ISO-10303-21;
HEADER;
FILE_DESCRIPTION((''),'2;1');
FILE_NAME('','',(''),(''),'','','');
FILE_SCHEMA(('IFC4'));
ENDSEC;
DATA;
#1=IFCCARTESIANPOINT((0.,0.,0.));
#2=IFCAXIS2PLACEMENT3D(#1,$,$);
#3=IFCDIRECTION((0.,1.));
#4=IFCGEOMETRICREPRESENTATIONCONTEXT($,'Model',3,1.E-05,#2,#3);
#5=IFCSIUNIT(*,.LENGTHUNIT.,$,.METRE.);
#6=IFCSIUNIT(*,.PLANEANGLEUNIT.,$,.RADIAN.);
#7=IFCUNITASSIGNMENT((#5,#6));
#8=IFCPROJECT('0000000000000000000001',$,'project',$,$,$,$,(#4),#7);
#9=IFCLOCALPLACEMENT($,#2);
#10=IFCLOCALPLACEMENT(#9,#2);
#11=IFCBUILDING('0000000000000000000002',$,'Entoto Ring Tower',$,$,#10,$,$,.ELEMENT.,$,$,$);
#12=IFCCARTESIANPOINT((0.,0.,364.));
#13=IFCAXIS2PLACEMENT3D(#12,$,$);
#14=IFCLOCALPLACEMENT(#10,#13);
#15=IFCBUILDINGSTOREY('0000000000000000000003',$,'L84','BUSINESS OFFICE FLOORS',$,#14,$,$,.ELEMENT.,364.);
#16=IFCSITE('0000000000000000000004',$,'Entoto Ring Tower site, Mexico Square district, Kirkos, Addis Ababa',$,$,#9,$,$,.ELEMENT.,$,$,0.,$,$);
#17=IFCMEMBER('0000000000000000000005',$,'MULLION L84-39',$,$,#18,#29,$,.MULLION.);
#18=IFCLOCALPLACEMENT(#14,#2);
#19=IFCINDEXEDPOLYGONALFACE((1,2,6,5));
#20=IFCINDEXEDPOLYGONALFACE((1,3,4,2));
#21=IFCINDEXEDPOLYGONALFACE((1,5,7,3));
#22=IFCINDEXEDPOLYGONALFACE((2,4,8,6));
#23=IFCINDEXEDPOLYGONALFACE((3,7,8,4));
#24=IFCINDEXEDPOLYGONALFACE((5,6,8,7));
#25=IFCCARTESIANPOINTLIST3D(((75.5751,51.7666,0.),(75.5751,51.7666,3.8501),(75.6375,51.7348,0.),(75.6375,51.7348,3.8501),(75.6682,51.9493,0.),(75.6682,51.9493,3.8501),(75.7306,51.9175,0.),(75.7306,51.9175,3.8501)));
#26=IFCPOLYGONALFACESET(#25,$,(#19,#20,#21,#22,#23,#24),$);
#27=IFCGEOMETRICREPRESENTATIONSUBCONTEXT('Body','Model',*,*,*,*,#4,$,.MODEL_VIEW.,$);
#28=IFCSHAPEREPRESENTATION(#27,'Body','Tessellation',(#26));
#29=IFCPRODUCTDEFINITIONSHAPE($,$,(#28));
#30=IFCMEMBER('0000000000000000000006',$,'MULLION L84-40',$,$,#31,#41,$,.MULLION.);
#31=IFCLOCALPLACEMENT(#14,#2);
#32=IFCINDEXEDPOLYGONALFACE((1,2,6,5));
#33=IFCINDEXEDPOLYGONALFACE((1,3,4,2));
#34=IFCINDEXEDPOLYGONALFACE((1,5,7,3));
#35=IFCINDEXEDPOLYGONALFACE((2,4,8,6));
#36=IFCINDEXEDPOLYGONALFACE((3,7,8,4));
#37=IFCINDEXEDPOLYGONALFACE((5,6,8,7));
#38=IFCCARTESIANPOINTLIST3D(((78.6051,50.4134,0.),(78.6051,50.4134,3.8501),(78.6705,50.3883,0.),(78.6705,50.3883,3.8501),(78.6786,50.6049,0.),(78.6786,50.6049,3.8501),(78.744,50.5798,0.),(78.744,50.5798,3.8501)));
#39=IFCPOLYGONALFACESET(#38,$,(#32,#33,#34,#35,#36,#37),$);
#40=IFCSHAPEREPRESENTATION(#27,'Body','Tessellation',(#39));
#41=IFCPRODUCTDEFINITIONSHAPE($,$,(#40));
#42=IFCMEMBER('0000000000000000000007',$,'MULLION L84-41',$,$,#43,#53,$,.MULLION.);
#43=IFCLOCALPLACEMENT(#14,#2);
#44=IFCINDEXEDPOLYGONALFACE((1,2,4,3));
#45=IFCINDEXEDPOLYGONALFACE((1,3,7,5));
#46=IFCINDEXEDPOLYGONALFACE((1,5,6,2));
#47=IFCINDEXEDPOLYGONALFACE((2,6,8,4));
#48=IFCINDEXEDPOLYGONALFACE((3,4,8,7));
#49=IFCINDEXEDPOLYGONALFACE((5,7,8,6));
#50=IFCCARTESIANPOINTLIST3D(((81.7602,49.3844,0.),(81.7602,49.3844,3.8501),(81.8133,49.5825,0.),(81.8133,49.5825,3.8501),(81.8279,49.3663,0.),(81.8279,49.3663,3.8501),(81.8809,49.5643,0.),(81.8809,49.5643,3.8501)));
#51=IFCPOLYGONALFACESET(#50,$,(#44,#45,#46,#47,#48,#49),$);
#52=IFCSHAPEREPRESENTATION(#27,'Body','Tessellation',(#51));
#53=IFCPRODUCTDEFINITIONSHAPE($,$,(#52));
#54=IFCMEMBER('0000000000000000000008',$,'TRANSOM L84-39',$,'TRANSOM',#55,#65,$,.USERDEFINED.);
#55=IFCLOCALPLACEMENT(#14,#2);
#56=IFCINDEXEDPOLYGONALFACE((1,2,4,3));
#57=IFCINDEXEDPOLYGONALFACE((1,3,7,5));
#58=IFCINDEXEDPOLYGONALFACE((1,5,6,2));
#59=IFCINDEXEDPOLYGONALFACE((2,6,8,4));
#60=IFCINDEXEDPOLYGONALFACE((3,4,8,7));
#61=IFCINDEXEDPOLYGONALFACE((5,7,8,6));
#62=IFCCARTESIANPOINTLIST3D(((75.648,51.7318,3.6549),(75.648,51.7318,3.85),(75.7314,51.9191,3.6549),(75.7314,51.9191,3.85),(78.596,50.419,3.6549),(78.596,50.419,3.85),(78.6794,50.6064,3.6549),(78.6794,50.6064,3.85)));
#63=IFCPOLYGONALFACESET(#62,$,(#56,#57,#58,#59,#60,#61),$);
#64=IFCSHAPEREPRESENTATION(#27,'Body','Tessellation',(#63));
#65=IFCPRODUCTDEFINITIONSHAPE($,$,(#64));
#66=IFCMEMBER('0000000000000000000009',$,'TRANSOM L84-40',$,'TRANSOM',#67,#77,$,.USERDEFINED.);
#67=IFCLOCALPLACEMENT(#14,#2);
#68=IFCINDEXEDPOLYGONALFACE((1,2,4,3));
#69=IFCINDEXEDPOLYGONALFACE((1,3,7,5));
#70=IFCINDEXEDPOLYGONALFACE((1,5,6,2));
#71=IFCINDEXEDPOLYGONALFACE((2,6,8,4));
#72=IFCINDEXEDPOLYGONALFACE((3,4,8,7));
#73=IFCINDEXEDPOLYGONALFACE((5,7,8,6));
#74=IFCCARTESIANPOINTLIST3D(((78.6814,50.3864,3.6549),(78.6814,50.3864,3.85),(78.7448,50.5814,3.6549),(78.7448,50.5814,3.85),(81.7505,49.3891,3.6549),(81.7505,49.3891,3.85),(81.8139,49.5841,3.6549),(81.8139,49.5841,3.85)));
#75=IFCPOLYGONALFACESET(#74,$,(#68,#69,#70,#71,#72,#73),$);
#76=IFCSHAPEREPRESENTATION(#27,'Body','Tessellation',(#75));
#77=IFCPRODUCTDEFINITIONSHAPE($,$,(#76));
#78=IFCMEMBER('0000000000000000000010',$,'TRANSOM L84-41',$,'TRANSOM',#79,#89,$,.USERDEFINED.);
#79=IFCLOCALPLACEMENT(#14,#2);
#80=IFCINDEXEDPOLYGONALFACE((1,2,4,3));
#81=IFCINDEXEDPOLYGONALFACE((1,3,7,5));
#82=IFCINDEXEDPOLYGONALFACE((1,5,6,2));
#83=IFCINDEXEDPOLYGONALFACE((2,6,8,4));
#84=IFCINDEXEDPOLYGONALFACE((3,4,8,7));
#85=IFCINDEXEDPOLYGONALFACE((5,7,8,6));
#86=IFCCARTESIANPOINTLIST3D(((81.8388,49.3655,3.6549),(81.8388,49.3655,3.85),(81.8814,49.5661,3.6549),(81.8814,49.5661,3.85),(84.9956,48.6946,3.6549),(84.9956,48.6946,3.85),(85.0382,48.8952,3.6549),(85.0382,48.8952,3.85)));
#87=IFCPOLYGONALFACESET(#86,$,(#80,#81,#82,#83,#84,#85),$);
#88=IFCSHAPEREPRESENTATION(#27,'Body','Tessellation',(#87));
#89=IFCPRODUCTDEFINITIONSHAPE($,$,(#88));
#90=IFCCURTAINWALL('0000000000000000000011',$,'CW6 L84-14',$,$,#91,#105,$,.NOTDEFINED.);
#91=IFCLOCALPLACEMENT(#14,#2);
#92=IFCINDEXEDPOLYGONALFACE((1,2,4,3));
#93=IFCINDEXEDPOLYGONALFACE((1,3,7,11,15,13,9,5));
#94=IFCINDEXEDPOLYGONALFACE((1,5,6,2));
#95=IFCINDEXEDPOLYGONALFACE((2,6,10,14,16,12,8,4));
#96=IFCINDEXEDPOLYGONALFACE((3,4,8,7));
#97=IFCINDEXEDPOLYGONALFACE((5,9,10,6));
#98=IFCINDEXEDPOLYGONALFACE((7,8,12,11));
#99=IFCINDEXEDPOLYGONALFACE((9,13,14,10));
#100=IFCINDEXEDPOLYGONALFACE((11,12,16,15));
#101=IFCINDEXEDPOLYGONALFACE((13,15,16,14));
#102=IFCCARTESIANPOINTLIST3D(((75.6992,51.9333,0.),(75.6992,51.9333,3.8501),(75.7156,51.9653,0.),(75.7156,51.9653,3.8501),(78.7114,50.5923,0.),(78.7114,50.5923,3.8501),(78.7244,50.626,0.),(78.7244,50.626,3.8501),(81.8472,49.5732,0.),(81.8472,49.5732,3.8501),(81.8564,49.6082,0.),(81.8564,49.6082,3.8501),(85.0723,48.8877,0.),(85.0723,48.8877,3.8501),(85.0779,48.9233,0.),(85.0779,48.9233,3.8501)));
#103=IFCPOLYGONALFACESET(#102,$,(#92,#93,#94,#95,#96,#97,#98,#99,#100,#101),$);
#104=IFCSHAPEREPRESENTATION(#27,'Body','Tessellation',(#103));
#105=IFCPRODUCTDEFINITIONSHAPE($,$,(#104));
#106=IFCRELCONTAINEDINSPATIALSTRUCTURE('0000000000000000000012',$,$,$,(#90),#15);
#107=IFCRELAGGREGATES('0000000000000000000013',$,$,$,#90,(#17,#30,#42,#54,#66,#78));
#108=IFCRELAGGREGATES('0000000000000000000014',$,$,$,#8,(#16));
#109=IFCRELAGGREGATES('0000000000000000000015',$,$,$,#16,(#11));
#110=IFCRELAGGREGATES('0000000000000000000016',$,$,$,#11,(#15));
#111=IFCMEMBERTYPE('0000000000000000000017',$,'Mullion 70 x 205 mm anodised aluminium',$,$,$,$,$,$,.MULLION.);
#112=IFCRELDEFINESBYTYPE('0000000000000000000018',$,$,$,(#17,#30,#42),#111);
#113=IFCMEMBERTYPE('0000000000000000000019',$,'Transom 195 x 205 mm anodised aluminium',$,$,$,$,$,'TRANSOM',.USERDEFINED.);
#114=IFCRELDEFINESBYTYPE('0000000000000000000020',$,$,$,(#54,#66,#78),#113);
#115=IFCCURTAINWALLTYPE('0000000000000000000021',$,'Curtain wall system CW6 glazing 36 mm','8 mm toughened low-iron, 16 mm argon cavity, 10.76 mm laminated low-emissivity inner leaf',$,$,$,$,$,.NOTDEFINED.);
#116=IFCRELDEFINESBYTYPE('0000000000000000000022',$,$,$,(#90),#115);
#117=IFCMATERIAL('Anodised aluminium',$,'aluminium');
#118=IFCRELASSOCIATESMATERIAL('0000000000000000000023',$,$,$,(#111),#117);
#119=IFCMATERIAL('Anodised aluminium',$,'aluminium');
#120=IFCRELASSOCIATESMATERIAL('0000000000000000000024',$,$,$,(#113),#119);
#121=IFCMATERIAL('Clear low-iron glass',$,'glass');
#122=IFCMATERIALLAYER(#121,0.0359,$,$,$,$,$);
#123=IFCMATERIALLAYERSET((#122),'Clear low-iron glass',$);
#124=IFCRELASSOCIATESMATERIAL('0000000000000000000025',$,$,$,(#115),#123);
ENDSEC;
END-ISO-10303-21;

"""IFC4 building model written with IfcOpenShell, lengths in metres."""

from ifc_helpers import new_model, si_unit, direction, frame, origin, origin_2d, place, context, subcontext, project, spatial, polyline, rectangle, outline, extrude, material, layer, layer_set, material_profile, profile_set, type_object, element, aggregate, save


model = new_model("IFC4")

# Units and contexts
model_context = context("Model", 3, precision=1e-05, world=origin(), true_north=direction((0.0, 1.0)))
body_context = subcontext(model_context, "Body", "Model", "MODEL_VIEW")
ifc_project = project(units=[si_unit("LENGTHUNIT", "METRE"), si_unit("PLANEANGLEUNIT", "RADIAN")], contexts=[model_context])

# Members
ifc_material_1 = material(Name="Anodised aluminium", Category="aluminium")
ifc_material_profile_1 = material_profile(ifc_material_1, rectangle(XDim=0.0701, YDim=0.2051, at=origin_2d()), Name="Mullion 70 x 205 mm anodised aluminium")
ifc_profile_set_1 = profile_set([ifc_material_profile_1], Name="Anodised aluminium")
member_type_1 = type_object("IfcMemberType", Name="Mullion 70 x 205 mm anodised aluminium", PredefinedType="MULLION", material=ifc_profile_set_1)
site_placement = place(None, origin())
building_placement = place(site_placement, origin())
storey_placement = place(building_placement, frame((0.0, 0.0, 364.0)))
member_1_placement = place(storey_placement, frame((75.6528, 51.842, 0.0), z_axis=(0.0, 0.0, 1.0), x_axis=(0.891007, -0.45399, 0.0)))
member_1 = element("IfcMember", 1, at=member_1_placement, type_object=member_type_1, Name="MULLION L84-39", PredefinedType="MULLION", context=body_context, shape_type="SweptSolid", body=[
    extrude(rectangle(XDim=0.0701, YDim=0.2051, at=origin_2d()), origin(), (0.0, 0.0, 1.0), 3.8501),
])
member_2_placement = place(storey_placement, frame((78.6746, 50.4966, 0.0), z_axis=(0.0, 0.0, 1.0), x_axis=(0.93358, -0.358368, 0.0)))
member_2 = element("IfcMember", 2, at=member_2_placement, type_object=member_type_1, Name="MULLION L84-40", PredefinedType="MULLION", context=body_context, shape_type="SweptSolid", body=[
    extrude(rectangle(XDim=0.0701, YDim=0.2051, at=origin_2d()), origin(), (0.0, 0.0, 1.0), 3.8501),
])
member_3_placement = place(storey_placement, frame((81.8206, 49.4744, 0.0), z_axis=(0.0, 0.0, 1.0), x_axis=(0.965926, -0.258819, 0.0)))
member_3 = element("IfcMember", 3, at=member_3_placement, type_object=member_type_1, Name="MULLION L84-41", PredefinedType="MULLION", context=body_context, shape_type="SweptSolid", body=[
    extrude(rectangle(XDim=0.0701, YDim=0.2051, at=origin_2d()), origin(), (0.0, 0.0, 1.0), 3.8501),
])
ifc_material_2 = material(Name="Anodised aluminium", Category="aluminium")
ifc_material_profile_2 = material_profile(ifc_material_2, rectangle(XDim=0.2051, YDim=0.1951, at=origin_2d()), Name="Transom 195 x 205 mm anodised aluminium")
ifc_profile_set_2 = profile_set([ifc_material_profile_2], Name="Anodised aluminium")
member_type_2 = type_object("IfcMemberType", Name="Transom 195 x 205 mm anodised aluminium", ElementType="TRANSOM", PredefinedType="USERDEFINED", material=ifc_profile_set_2)
member_4_placement = place(storey_placement, frame((75.6897, 51.8254, 3.7524), z_axis=(0.913521, -0.406791, 0.0), x_axis=(0.406791, 0.913521, 0.0)))
member_4 = element("IfcMember", 4, at=member_4_placement, type_object=member_type_2, Name="TRANSOM L84-39", ObjectType="TRANSOM", PredefinedType="USERDEFINED", context=body_context, shape_type="SweptSolid", body=[
    extrude(rectangle(XDim=0.2051, YDim=0.1951, at=origin_2d()), origin(), (0.0, 0.0, 1.0), 3.2271),
])
member_5_placement = place(storey_placement, frame((78.7131, 50.4839, 3.7524), z_axis=(0.951047, -0.309047, 0.0), x_axis=(0.309047, 0.951047, 0.0)))
member_5 = element("IfcMember", 5, at=member_5_placement, type_object=member_type_2, Name="TRANSOM L84-40", ObjectType="TRANSOM", PredefinedType="USERDEFINED", context=body_context, shape_type="SweptSolid", body=[
    extrude(rectangle(XDim=0.2051, YDim=0.1951, at=origin_2d()), origin(), (0.0, 0.0, 1.0), 3.2271),
])
member_6_placement = place(storey_placement, frame((81.8601, 49.4658, 3.7524), z_axis=(0.978153, -0.207886, 0.0), x_axis=(0.207886, 0.978153, 0.0)))
member_6 = element("IfcMember", 6, at=member_6_placement, type_object=member_type_2, Name="TRANSOM L84-41", ObjectType="TRANSOM", PredefinedType="USERDEFINED", context=body_context, shape_type="SweptSolid", body=[
    extrude(rectangle(XDim=0.2051, YDim=0.1951, at=origin_2d()), origin(), (0.0, 0.0, 1.0), 3.2273),
])

# Site, building, storey
site = spatial("IfcSite", under=ifc_project, at=site_placement, Name="Entoto Ring Tower site, Mexico Square district, Kirkos, Addis Ababa", CompositionType="ELEMENT", RefElevation=0.0)
building = spatial("IfcBuilding", under=site, at=building_placement, Name="Entoto Ring Tower", CompositionType="ELEMENT")
storey = spatial("IfcBuildingStorey", under=building, at=storey_placement, Name="L84", Description="BUSINESS OFFICE FLOORS", CompositionType="ELEMENT", Elevation=364.0)

# Curtain wall
ifc_material_3 = material(Name="Clear low-iron glass", Category="glass")
ifc_layer = layer(ifc_material_3, 0.0359)
ifc_layer_set = layer_set([ifc_layer], Name="Clear low-iron glass")
curtain_wall_type = type_object("IfcCurtainWallType", Name="Curtain wall system CW6 glazing 36 mm", Description="8 mm toughened low-iron, 16 mm argon cavity, 10.76 mm laminated low-emissivity inner leaf", PredefinedType="NOTDEFINED", material=ifc_layer_set)
curtain_wall_1_placement = place(storey_placement, origin())
curtain_wall_1 = element("IfcCurtainWall", 7, at=curtain_wall_1_placement, inside=storey, type_object=curtain_wall_type, Name="CW6 L84-14", PredefinedType="NOTDEFINED", context=body_context, shape_type="SweptSolid", body=[
    extrude(outline(polyline([(75.6992, 51.9333), (78.7114, 50.5923), (81.8472, 49.5732), (85.0723, 48.8877), (85.0779, 48.9233), (81.8564, 49.6082), (78.7244, 50.626), (75.7156, 51.9653), (75.6992, 51.9333)])), origin(), (0.0, 0.0, 1.0), 3.8501),
])
aggregate(curtain_wall_1, [member_1, member_2, member_3, member_4, member_5, member_6])

save(model, "model.ifc")
